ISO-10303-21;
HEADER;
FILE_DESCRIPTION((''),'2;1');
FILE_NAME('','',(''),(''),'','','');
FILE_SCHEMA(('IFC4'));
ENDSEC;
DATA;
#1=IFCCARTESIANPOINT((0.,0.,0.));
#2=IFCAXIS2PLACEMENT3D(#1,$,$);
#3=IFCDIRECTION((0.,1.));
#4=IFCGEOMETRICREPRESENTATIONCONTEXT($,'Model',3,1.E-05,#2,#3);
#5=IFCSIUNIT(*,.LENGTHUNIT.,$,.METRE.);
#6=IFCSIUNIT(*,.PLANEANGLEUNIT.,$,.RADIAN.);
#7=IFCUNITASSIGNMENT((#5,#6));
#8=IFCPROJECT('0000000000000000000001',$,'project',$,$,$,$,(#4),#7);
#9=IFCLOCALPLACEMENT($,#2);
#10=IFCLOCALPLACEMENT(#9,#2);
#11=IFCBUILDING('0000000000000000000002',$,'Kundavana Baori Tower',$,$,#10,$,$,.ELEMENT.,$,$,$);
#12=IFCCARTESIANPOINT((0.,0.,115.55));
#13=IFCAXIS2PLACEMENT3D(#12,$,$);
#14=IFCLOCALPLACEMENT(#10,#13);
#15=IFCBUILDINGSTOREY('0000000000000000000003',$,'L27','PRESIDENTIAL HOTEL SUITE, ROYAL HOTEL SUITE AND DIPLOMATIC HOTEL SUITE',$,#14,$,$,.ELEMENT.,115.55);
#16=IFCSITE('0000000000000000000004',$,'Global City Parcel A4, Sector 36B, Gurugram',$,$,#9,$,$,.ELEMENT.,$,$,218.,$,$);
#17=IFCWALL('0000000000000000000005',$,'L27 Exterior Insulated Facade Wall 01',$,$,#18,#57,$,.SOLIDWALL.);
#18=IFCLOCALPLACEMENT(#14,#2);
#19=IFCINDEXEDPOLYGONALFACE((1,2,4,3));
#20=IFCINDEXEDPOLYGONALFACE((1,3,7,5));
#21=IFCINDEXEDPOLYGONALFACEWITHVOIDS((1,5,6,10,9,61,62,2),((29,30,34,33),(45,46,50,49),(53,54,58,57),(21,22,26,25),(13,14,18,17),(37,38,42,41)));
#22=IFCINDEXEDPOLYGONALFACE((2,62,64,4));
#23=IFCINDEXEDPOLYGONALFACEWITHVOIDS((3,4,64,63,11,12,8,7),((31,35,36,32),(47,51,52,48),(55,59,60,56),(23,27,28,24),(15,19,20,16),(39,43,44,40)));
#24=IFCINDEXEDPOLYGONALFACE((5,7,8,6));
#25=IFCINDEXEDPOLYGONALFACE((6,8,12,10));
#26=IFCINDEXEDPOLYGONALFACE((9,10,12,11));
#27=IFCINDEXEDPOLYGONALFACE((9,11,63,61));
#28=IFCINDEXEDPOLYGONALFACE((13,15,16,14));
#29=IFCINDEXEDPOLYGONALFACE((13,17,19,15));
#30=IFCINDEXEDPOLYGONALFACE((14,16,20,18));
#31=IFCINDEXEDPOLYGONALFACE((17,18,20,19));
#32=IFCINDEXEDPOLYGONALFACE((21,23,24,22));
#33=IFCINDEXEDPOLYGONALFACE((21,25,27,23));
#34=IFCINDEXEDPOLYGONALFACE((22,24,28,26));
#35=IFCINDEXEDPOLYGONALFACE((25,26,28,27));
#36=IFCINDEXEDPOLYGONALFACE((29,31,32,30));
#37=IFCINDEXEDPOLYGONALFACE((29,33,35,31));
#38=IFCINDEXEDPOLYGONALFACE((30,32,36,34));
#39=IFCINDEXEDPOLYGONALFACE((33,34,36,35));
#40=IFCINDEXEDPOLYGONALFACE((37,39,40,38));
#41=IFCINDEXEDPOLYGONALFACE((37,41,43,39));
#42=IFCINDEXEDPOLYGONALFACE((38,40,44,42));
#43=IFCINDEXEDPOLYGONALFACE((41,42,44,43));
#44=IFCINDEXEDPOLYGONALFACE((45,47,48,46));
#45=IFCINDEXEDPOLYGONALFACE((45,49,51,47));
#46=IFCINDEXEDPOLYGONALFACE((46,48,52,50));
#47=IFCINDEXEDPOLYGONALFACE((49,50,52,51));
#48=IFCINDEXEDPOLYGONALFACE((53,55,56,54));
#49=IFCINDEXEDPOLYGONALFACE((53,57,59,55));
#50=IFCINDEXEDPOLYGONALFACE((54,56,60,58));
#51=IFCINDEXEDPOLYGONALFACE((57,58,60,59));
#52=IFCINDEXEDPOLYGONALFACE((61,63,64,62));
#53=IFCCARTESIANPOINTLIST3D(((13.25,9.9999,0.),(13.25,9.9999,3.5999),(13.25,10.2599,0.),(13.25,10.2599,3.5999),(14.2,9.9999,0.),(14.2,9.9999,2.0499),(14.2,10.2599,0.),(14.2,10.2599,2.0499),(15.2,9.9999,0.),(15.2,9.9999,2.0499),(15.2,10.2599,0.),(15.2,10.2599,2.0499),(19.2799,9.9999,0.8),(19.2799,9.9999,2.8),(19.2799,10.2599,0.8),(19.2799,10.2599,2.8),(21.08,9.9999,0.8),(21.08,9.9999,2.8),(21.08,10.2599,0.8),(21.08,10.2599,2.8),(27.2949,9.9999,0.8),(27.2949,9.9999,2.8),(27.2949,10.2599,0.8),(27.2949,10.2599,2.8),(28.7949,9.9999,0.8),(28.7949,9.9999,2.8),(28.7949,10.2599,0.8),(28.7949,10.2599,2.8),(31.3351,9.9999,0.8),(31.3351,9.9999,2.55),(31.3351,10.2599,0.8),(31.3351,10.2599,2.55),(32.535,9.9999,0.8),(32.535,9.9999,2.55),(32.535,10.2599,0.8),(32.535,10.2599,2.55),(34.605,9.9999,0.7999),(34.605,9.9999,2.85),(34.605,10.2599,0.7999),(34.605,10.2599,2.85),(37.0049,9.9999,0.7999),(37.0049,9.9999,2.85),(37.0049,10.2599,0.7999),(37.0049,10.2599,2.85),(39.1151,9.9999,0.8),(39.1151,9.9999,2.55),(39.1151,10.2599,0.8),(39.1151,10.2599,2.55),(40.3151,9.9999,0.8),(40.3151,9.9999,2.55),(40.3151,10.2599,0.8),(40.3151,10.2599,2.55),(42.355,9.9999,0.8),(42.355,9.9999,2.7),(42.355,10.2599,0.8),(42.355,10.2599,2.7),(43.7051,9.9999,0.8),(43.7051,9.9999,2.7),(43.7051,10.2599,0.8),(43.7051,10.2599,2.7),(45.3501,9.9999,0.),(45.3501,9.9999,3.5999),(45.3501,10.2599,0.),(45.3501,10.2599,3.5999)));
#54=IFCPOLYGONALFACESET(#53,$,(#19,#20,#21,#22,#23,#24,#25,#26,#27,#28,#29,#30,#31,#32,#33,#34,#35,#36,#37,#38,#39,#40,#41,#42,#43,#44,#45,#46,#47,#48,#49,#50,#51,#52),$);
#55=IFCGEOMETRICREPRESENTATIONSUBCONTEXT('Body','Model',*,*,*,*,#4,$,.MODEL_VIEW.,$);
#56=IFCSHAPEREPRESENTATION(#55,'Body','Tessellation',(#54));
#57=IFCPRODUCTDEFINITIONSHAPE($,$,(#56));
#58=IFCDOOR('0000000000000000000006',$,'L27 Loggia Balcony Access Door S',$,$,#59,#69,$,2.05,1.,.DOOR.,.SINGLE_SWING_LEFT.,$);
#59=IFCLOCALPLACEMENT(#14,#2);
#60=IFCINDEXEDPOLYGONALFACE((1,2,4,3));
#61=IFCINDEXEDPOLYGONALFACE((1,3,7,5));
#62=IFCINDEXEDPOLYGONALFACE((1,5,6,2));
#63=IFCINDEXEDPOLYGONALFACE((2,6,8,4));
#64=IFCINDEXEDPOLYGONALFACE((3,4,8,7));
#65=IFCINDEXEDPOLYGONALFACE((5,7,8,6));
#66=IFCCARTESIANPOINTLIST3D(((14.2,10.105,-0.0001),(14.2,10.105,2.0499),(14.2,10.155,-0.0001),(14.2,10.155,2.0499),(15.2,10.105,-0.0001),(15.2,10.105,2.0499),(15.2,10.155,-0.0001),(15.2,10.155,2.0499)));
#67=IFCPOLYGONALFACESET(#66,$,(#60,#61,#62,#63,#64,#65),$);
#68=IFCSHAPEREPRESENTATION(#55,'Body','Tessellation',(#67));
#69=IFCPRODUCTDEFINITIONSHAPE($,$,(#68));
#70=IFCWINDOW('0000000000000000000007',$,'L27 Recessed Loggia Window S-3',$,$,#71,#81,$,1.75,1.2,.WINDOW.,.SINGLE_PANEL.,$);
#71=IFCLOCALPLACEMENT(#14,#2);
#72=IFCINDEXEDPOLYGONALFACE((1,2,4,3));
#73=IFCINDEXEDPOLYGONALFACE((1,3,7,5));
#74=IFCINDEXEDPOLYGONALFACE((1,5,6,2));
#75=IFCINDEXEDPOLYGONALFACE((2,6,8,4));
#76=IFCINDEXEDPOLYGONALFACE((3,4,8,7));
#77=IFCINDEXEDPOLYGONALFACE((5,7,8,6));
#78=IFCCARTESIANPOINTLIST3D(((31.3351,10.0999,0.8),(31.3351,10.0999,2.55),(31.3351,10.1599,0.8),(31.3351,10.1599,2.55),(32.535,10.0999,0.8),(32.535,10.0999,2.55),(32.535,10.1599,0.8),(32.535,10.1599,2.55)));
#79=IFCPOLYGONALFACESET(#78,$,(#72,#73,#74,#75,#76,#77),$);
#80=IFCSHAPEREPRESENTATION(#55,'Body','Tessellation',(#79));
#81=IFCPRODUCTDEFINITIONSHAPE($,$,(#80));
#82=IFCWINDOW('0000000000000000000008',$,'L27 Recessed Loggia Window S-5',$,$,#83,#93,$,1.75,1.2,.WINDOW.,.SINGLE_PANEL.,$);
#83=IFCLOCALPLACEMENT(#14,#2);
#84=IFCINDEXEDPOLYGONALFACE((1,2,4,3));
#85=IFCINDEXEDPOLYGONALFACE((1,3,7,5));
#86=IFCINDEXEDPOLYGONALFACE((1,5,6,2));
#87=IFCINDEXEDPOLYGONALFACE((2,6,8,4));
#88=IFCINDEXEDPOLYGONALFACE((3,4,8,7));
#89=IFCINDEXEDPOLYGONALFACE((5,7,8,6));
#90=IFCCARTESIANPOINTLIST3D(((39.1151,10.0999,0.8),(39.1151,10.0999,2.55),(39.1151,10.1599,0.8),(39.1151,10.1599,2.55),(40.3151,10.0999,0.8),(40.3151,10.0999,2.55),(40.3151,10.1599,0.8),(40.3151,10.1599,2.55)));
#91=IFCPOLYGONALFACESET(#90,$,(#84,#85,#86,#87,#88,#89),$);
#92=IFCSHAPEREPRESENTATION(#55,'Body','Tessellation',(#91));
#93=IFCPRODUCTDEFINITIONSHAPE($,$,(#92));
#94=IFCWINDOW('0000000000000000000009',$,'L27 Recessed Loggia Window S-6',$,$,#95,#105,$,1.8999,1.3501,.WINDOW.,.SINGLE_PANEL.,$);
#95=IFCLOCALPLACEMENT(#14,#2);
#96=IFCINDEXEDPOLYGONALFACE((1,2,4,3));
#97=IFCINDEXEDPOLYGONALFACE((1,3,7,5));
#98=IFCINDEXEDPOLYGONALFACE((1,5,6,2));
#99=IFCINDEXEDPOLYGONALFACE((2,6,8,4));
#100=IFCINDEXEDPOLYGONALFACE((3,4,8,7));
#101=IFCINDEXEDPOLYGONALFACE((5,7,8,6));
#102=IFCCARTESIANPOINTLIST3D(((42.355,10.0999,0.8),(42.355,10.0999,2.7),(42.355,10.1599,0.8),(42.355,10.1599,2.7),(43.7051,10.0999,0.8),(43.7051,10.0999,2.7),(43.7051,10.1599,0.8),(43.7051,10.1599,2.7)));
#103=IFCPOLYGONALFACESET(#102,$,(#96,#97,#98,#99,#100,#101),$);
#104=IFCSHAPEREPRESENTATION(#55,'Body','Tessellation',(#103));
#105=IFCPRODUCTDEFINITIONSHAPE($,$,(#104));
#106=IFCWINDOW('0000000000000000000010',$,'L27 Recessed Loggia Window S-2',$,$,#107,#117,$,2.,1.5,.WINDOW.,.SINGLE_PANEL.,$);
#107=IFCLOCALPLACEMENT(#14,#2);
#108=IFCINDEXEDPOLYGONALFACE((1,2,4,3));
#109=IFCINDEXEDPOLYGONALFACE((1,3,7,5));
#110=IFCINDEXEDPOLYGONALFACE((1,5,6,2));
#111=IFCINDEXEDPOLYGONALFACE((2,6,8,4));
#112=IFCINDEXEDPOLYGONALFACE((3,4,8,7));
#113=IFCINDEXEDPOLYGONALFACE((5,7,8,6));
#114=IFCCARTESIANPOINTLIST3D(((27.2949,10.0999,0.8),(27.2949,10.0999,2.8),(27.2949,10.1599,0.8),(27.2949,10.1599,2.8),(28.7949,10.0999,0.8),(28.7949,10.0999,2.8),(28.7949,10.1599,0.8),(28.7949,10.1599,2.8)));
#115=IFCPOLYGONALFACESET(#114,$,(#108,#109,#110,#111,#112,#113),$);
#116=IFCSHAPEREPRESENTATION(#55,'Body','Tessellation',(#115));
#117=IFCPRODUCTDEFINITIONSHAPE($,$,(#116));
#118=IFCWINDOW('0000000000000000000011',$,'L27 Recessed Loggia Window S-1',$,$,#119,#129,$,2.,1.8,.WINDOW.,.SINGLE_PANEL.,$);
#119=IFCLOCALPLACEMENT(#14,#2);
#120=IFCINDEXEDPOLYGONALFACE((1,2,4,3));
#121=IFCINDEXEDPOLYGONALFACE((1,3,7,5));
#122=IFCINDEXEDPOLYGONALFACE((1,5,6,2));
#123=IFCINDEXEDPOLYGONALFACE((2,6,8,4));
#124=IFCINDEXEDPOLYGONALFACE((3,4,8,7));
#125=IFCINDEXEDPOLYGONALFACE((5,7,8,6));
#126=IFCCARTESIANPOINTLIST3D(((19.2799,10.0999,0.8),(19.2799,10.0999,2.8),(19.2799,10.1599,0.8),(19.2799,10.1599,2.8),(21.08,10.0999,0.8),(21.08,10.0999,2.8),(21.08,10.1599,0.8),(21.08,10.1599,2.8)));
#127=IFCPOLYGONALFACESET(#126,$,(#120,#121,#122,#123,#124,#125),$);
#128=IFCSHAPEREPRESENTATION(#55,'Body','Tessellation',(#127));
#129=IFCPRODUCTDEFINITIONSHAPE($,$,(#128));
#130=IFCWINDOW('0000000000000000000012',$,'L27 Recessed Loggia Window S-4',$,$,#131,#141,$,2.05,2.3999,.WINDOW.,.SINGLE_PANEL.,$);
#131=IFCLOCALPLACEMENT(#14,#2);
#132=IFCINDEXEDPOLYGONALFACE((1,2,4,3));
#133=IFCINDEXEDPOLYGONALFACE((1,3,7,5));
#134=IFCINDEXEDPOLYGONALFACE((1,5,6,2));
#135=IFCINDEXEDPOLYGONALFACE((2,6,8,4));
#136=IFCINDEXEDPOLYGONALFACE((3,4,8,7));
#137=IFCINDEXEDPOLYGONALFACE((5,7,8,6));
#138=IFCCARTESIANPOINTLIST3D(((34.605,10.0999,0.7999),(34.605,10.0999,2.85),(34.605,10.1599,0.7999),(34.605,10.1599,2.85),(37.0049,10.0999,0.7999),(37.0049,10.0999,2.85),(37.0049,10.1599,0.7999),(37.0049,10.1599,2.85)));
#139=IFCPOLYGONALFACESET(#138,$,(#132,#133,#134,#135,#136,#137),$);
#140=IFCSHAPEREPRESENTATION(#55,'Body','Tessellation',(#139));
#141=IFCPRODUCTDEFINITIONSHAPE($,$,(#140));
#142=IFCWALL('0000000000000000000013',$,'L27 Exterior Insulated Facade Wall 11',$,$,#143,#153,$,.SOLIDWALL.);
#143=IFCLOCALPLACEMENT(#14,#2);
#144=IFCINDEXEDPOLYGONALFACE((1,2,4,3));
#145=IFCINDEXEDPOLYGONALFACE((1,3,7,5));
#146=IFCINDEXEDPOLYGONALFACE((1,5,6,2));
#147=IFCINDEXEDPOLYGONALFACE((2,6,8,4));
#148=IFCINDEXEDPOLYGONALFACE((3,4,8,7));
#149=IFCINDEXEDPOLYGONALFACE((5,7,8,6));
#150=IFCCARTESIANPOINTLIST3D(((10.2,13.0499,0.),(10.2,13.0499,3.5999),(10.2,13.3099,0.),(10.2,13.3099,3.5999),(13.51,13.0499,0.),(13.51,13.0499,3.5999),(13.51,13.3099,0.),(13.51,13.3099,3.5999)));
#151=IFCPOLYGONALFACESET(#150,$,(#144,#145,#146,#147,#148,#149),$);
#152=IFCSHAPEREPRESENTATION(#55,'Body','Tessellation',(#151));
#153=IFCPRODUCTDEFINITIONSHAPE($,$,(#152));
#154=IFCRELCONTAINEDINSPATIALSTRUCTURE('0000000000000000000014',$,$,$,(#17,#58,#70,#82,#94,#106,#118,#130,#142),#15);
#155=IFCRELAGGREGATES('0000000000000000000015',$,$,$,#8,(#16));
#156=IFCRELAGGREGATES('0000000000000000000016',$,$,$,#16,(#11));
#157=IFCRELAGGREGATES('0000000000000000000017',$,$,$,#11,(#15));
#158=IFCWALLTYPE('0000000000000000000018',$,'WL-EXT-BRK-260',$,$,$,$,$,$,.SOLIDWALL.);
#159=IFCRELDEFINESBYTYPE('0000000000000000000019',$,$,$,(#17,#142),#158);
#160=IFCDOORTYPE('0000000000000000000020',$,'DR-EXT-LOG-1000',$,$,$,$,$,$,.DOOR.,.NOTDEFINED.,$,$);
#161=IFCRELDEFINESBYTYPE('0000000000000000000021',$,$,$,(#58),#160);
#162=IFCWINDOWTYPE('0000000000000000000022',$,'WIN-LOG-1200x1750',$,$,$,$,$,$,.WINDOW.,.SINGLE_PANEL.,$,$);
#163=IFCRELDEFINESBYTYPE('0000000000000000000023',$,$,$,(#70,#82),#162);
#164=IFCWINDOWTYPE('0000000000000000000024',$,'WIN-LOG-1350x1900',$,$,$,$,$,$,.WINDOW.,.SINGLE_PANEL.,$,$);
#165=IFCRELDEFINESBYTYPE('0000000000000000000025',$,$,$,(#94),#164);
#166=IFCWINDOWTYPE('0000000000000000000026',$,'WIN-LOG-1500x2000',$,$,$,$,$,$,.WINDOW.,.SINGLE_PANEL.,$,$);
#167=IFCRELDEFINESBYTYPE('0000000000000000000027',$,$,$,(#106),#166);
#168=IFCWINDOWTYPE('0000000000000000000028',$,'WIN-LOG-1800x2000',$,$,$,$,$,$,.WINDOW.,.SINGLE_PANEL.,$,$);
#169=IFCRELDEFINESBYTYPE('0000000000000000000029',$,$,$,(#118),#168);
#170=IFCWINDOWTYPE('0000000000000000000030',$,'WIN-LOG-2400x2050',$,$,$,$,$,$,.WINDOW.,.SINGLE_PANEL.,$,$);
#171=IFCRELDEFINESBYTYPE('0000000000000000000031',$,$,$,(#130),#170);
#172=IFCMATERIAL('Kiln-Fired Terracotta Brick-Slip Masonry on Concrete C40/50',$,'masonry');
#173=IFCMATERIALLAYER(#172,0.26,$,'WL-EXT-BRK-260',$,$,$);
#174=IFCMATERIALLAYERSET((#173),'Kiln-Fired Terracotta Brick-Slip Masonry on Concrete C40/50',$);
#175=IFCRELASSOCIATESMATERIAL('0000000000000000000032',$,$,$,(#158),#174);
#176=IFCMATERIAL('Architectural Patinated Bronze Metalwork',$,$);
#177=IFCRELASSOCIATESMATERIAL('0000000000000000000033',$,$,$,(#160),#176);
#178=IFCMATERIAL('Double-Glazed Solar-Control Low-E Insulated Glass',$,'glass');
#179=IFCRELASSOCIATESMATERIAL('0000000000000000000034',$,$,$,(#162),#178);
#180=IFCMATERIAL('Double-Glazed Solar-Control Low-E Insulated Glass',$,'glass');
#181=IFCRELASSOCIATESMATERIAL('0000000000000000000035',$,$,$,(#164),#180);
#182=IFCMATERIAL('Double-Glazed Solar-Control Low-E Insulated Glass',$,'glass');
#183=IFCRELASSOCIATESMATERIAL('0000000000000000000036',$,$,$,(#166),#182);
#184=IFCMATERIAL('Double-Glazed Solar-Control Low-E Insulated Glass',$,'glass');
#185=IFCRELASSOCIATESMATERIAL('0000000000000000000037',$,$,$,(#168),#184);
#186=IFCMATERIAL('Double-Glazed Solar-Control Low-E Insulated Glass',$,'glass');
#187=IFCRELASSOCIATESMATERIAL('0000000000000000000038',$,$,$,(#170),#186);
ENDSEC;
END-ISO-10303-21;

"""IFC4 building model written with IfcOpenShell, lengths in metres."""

from ifc_helpers import new_model, si_unit, direction, frame, frame_2d, origin, place, context, subcontext, project, spatial, rectangle, extrude, material, layer, layer_set, type_object, element, fill, save


model = new_model("IFC4")

# Units and contexts
model_context = context("Model", 3, precision=1e-05, world=origin(), true_north=direction((0.0, 1.0)))
body_context = subcontext(model_context, "Body", "Model", "MODEL_VIEW")
ifc_project = project(units=[si_unit("LENGTHUNIT", "METRE"), si_unit("PLANEANGLEUNIT", "RADIAN")], contexts=[model_context])

# Site, building, storey
site_placement = place(None, origin())
site = spatial("IfcSite", under=ifc_project, at=site_placement, Name="Global City Parcel A4, Sector 36B, Gurugram", CompositionType="ELEMENT", RefElevation=218.0)
building_placement = place(site_placement, origin())
building = spatial("IfcBuilding", under=site, at=building_placement, Name="Kundavana Baori Tower", CompositionType="ELEMENT")
storey_placement = place(building_placement, frame((0.0, 0.0, 115.55)))
storey = spatial("IfcBuildingStorey", under=building, at=storey_placement, Name="L27", Description="PRESIDENTIAL HOTEL SUITE, ROYAL HOTEL SUITE AND DIPLOMATIC HOTEL SUITE", CompositionType="ELEMENT", Elevation=115.55)

# Wall, openings, door, windows
ifc_material_1 = material(Name="Kiln-Fired Terracotta Brick-Slip Masonry on Concrete C40/50", Category="masonry")
ifc_layer_1 = layer(ifc_material_1, 0.26, Name="WL-EXT-BRK-260")
ifc_layer_set_1 = layer_set([ifc_layer_1], Name="Kiln-Fired Terracotta Brick-Slip Masonry on Concrete C40/50")
wall_type_1 = type_object("IfcWallType", Name="WL-EXT-BRK-260", PredefinedType="SOLIDWALL", material=ifc_layer_set_1)
wall_1_placement = place(storey_placement, frame((13.25, 10.1299, 0.0), z_axis=(0.0, 0.0, 1.0), x_axis=(1.0, 0.0, 0.0)))
wall_1 = element("IfcWall", 1, at=wall_1_placement, inside=storey, type_object=wall_type_1, Name="L27 Exterior Insulated Facade Wall 01", PredefinedType="SOLIDWALL", context=body_context, shape_type="SweptSolid", body=[
    extrude(rectangle(XDim=32.1001, YDim=0.26, at=frame_2d((16.05, 0.0))), origin(), (0.0, 0.0, 1.0), 3.5999),
])
opening_1_placement = place(wall_1_placement, frame((0.95, 0.0, 0.0)))
opening_1 = element("IfcOpeningElement", 2, at=opening_1_placement, cuts=wall_1, PredefinedType="OPENING", context=body_context, shape_type="SweptSolid", body=[
    extrude(rectangle(XDim=1.0, YDim=2.05, at=frame_2d((0.5, 1.0249))), frame((0.0, 0.1401, 0.0), z_axis=(0.0, -1.0, 0.0), x_axis=(1.0, 0.0, 0.0)), (0.0, 0.0, 1.0), 0.28),
])
opening_2_placement = place(wall_1_placement, frame((6.03, 0.0, 0.8)))
opening_2 = element("IfcOpeningElement", 3, at=opening_2_placement, cuts=wall_1, PredefinedType="OPENING", context=body_context, shape_type="SweptSolid", body=[
    extrude(rectangle(XDim=1.8, YDim=2.0, at=frame_2d((0.8999, 1.0))), frame((0.0, 0.1401, 0.0), z_axis=(0.0, -1.0, 0.0), x_axis=(1.0, 0.0, 0.0)), (0.0, 0.0, 1.0), 0.28),
])
opening_3_placement = place(wall_1_placement, frame((14.0449, 0.0, 0.8)))
opening_3 = element("IfcOpeningElement", 4, at=opening_3_placement, cuts=wall_1, PredefinedType="OPENING", context=body_context, shape_type="SweptSolid", body=[
    extrude(rectangle(XDim=1.5, YDim=2.0, at=frame_2d((0.75, 1.0))), frame((0.0, 0.1401, 0.0), z_axis=(0.0, -1.0, 0.0), x_axis=(1.0, 0.0, 0.0)), (0.0, 0.0, 1.0), 0.28),
])
opening_4_placement = place(wall_1_placement, frame((18.085, 0.0, 0.8)))
opening_4 = element("IfcOpeningElement", 5, at=opening_4_placement, cuts=wall_1, PredefinedType="OPENING", context=body_context, shape_type="SweptSolid", body=[
    extrude(rectangle(XDim=1.2, YDim=1.75, at=frame_2d((0.6001, 0.875))), frame((0.0, 0.1401, 0.0), z_axis=(0.0, -1.0, 0.0), x_axis=(1.0, 0.0, 0.0)), (0.0, 0.0, 1.0), 0.28),
])
opening_5_placement = place(wall_1_placement, frame((21.355, 0.0, 0.8)))
opening_5 = element("IfcOpeningElement", 6, at=opening_5_placement, cuts=wall_1, PredefinedType="OPENING", context=body_context, shape_type="SweptSolid", body=[
    extrude(rectangle(XDim=2.3999, YDim=2.05, at=frame_2d((1.2, 1.0249))), frame((0.0, 0.1401, 0.0), z_axis=(0.0, -1.0, 0.0), x_axis=(1.0, 0.0, 0.0)), (0.0, 0.0, 1.0), 0.28),
])
opening_6_placement = place(wall_1_placement, frame((25.865, 0.0, 0.8)))
opening_6 = element("IfcOpeningElement", 7, at=opening_6_placement, cuts=wall_1, PredefinedType="OPENING", context=body_context, shape_type="SweptSolid", body=[
    extrude(rectangle(XDim=1.2, YDim=1.75, at=frame_2d((0.6001, 0.875))), frame((0.0, 0.1401, 0.0), z_axis=(0.0, -1.0, 0.0), x_axis=(1.0, 0.0, 0.0)), (0.0, 0.0, 1.0), 0.28),
])
opening_7_placement = place(wall_1_placement, frame((29.105, 0.0, 0.8)))
opening_7 = element("IfcOpeningElement", 8, at=opening_7_placement, cuts=wall_1, PredefinedType="OPENING", context=body_context, shape_type="SweptSolid", body=[
    extrude(rectangle(XDim=1.3501, YDim=1.8999, at=frame_2d((0.675, 0.95))), frame((0.0, 0.1401, 0.0), z_axis=(0.0, -1.0, 0.0), x_axis=(1.0, 0.0, 0.0)), (0.0, 0.0, 1.0), 0.28),
])
ifc_material_2 = material(Name="Architectural Patinated Bronze Metalwork")
door_type = type_object("IfcDoorType", Name="DR-EXT-LOG-1000", OperationType="NOTDEFINED", PredefinedType="DOOR", material=ifc_material_2)
door_placement = place(opening_1_placement, frame((1.0, 0.0, 0.0), z_axis=(0.0, 0.0, 1.0), x_axis=(-1.0, 0.0, 0.0)))
door = element("IfcDoor", 9, at=door_placement, inside=storey, type_object=door_type, Name="L27 Loggia Balcony Access Door S", OperationType="SINGLE_SWING_LEFT", OverallHeight=2.05, OverallWidth=1.0, PredefinedType="DOOR", context=body_context, shape_type="SweptSolid", body=[
    extrude(rectangle(XDim=1.0, YDim=2.05, at=frame_2d((0.5, 1.0249))), frame((0.0, 0.0249, 0.0), z_axis=(0.0, -1.0, 0.0), x_axis=(1.0, 0.0, 0.0)), (0.0, 0.0, 1.0), 0.05),
])
fill(opening_1, door)
ifc_material_3 = material(Name="Double-Glazed Solar-Control Low-E Insulated Glass", Category="glass")
window_type_1 = type_object("IfcWindowType", Name="WIN-LOG-1200x1750", PartitioningType="SINGLE_PANEL", PredefinedType="WINDOW", material=ifc_material_3)
window_1_placement = place(opening_4_placement, origin())
window_1 = element("IfcWindow", 10, at=window_1_placement, inside=storey, type_object=window_type_1, Name="L27 Recessed Loggia Window S-3", OverallHeight=1.75, OverallWidth=1.2, PartitioningType="SINGLE_PANEL", PredefinedType="WINDOW", context=body_context, shape_type="SweptSolid", body=[
    extrude(rectangle(XDim=1.2, YDim=1.75, at=frame_2d((0.6001, 0.875))), frame((0.0, 0.03, 0.0), z_axis=(0.0, -1.0, 0.0), x_axis=(1.0, 0.0, 0.0)), (0.0, 0.0, 1.0), 0.0601),
])
fill(opening_4, window_1)
window_2_placement = place(opening_6_placement, origin())
window_2 = element("IfcWindow", 11, at=window_2_placement, inside=storey, type_object=window_type_1, Name="L27 Recessed Loggia Window S-5", OverallHeight=1.75, OverallWidth=1.2, PartitioningType="SINGLE_PANEL", PredefinedType="WINDOW", context=body_context, shape_type="SweptSolid", body=[
    extrude(rectangle(XDim=1.2, YDim=1.75, at=frame_2d((0.6001, 0.875))), frame((0.0, 0.03, 0.0), z_axis=(0.0, -1.0, 0.0), x_axis=(1.0, 0.0, 0.0)), (0.0, 0.0, 1.0), 0.0601),
])
fill(opening_6, window_2)
ifc_material_4 = material(Name="Double-Glazed Solar-Control Low-E Insulated Glass", Category="glass")
window_type_2 = type_object("IfcWindowType", Name="WIN-LOG-1350x1900", PartitioningType="SINGLE_PANEL", PredefinedType="WINDOW", material=ifc_material_4)
window_3_placement = place(opening_7_placement, origin())
window_3 = element("IfcWindow", 12, at=window_3_placement, inside=storey, type_object=window_type_2, Name="L27 Recessed Loggia Window S-6", OverallHeight=1.8999, OverallWidth=1.3501, PartitioningType="SINGLE_PANEL", PredefinedType="WINDOW", context=body_context, shape_type="SweptSolid", body=[
    extrude(rectangle(XDim=1.3501, YDim=1.8999, at=frame_2d((0.675, 0.95))), frame((0.0, 0.03, 0.0), z_axis=(0.0, -1.0, 0.0), x_axis=(1.0, 0.0, 0.0)), (0.0, 0.0, 1.0), 0.0601),
])
fill(opening_7, window_3)
ifc_material_5 = material(Name="Double-Glazed Solar-Control Low-E Insulated Glass", Category="glass")
window_type_3 = type_object("IfcWindowType", Name="WIN-LOG-1500x2000", PartitioningType="SINGLE_PANEL", PredefinedType="WINDOW", material=ifc_material_5)
window_4_placement = place(opening_3_placement, origin())
window_4 = element("IfcWindow", 13, at=window_4_placement, inside=storey, type_object=window_type_3, Name="L27 Recessed Loggia Window S-2", OverallHeight=2.0, OverallWidth=1.5, PartitioningType="SINGLE_PANEL", PredefinedType="WINDOW", context=body_context, shape_type="SweptSolid", body=[
    extrude(rectangle(XDim=1.5, YDim=2.0, at=frame_2d((0.75, 1.0))), frame((0.0, 0.03, 0.0), z_axis=(0.0, -1.0, 0.0), x_axis=(1.0, 0.0, 0.0)), (0.0, 0.0, 1.0), 0.0601),
])
fill(opening_3, window_4)
ifc_material_6 = material(Name="Double-Glazed Solar-Control Low-E Insulated Glass", Category="glass")
window_type_4 = type_object("IfcWindowType", Name="WIN-LOG-1800x2000", PartitioningType="SINGLE_PANEL", PredefinedType="WINDOW", material=ifc_material_6)
window_5_placement = place(opening_2_placement, origin())
window_5 = element("IfcWindow", 14, at=window_5_placement, inside=storey, type_object=window_type_4, Name="L27 Recessed Loggia Window S-1", OverallHeight=2.0, OverallWidth=1.8, PartitioningType="SINGLE_PANEL", PredefinedType="WINDOW", context=body_context, shape_type="SweptSolid", body=[
    extrude(rectangle(XDim=1.8, YDim=2.0, at=frame_2d((0.8999, 1.0))), frame((0.0, 0.03, 0.0), z_axis=(0.0, -1.0, 0.0), x_axis=(1.0, 0.0, 0.0)), (0.0, 0.0, 1.0), 0.0601),
])
fill(opening_2, window_5)
ifc_material_7 = material(Name="Double-Glazed Solar-Control Low-E Insulated Glass", Category="glass")
window_type_5 = type_object("IfcWindowType", Name="WIN-LOG-2400x2050", PartitioningType="SINGLE_PANEL", PredefinedType="WINDOW", material=ifc_material_7)
window_6_placement = place(opening_5_placement, origin())
window_6 = element("IfcWindow", 15, at=window_6_placement, inside=storey, type_object=window_type_5, Name="L27 Recessed Loggia Window S-4", OverallHeight=2.05, OverallWidth=2.3999, PartitioningType="SINGLE_PANEL", PredefinedType="WINDOW", context=body_context, shape_type="SweptSolid", body=[
    extrude(rectangle(XDim=2.3999, YDim=2.05, at=frame_2d((1.2, 1.0249))), frame((0.0, 0.03, 0.0), z_axis=(0.0, -1.0, 0.0), x_axis=(1.0, 0.0, 0.0)), (0.0, 0.0, 1.0), 0.0601),
])
fill(opening_5, window_6)

# Wall
wall_2_placement = place(storey_placement, frame((10.2, 13.1799, 0.0), z_axis=(0.0, 0.0, 1.0), x_axis=(1.0, 0.0, 0.0)))
element("IfcWall", 16, at=wall_2_placement, inside=storey, type_object=wall_type_1, Name="L27 Exterior Insulated Facade Wall 11", PredefinedType="SOLIDWALL", context=body_context, shape_type="SweptSolid", body=[
    extrude(rectangle(XDim=3.3101, YDim=0.26, at=frame_2d((1.655, 0.0))), origin(), (0.0, 0.0, 1.0), 3.5999),
])

save(model, "model.ifc")
